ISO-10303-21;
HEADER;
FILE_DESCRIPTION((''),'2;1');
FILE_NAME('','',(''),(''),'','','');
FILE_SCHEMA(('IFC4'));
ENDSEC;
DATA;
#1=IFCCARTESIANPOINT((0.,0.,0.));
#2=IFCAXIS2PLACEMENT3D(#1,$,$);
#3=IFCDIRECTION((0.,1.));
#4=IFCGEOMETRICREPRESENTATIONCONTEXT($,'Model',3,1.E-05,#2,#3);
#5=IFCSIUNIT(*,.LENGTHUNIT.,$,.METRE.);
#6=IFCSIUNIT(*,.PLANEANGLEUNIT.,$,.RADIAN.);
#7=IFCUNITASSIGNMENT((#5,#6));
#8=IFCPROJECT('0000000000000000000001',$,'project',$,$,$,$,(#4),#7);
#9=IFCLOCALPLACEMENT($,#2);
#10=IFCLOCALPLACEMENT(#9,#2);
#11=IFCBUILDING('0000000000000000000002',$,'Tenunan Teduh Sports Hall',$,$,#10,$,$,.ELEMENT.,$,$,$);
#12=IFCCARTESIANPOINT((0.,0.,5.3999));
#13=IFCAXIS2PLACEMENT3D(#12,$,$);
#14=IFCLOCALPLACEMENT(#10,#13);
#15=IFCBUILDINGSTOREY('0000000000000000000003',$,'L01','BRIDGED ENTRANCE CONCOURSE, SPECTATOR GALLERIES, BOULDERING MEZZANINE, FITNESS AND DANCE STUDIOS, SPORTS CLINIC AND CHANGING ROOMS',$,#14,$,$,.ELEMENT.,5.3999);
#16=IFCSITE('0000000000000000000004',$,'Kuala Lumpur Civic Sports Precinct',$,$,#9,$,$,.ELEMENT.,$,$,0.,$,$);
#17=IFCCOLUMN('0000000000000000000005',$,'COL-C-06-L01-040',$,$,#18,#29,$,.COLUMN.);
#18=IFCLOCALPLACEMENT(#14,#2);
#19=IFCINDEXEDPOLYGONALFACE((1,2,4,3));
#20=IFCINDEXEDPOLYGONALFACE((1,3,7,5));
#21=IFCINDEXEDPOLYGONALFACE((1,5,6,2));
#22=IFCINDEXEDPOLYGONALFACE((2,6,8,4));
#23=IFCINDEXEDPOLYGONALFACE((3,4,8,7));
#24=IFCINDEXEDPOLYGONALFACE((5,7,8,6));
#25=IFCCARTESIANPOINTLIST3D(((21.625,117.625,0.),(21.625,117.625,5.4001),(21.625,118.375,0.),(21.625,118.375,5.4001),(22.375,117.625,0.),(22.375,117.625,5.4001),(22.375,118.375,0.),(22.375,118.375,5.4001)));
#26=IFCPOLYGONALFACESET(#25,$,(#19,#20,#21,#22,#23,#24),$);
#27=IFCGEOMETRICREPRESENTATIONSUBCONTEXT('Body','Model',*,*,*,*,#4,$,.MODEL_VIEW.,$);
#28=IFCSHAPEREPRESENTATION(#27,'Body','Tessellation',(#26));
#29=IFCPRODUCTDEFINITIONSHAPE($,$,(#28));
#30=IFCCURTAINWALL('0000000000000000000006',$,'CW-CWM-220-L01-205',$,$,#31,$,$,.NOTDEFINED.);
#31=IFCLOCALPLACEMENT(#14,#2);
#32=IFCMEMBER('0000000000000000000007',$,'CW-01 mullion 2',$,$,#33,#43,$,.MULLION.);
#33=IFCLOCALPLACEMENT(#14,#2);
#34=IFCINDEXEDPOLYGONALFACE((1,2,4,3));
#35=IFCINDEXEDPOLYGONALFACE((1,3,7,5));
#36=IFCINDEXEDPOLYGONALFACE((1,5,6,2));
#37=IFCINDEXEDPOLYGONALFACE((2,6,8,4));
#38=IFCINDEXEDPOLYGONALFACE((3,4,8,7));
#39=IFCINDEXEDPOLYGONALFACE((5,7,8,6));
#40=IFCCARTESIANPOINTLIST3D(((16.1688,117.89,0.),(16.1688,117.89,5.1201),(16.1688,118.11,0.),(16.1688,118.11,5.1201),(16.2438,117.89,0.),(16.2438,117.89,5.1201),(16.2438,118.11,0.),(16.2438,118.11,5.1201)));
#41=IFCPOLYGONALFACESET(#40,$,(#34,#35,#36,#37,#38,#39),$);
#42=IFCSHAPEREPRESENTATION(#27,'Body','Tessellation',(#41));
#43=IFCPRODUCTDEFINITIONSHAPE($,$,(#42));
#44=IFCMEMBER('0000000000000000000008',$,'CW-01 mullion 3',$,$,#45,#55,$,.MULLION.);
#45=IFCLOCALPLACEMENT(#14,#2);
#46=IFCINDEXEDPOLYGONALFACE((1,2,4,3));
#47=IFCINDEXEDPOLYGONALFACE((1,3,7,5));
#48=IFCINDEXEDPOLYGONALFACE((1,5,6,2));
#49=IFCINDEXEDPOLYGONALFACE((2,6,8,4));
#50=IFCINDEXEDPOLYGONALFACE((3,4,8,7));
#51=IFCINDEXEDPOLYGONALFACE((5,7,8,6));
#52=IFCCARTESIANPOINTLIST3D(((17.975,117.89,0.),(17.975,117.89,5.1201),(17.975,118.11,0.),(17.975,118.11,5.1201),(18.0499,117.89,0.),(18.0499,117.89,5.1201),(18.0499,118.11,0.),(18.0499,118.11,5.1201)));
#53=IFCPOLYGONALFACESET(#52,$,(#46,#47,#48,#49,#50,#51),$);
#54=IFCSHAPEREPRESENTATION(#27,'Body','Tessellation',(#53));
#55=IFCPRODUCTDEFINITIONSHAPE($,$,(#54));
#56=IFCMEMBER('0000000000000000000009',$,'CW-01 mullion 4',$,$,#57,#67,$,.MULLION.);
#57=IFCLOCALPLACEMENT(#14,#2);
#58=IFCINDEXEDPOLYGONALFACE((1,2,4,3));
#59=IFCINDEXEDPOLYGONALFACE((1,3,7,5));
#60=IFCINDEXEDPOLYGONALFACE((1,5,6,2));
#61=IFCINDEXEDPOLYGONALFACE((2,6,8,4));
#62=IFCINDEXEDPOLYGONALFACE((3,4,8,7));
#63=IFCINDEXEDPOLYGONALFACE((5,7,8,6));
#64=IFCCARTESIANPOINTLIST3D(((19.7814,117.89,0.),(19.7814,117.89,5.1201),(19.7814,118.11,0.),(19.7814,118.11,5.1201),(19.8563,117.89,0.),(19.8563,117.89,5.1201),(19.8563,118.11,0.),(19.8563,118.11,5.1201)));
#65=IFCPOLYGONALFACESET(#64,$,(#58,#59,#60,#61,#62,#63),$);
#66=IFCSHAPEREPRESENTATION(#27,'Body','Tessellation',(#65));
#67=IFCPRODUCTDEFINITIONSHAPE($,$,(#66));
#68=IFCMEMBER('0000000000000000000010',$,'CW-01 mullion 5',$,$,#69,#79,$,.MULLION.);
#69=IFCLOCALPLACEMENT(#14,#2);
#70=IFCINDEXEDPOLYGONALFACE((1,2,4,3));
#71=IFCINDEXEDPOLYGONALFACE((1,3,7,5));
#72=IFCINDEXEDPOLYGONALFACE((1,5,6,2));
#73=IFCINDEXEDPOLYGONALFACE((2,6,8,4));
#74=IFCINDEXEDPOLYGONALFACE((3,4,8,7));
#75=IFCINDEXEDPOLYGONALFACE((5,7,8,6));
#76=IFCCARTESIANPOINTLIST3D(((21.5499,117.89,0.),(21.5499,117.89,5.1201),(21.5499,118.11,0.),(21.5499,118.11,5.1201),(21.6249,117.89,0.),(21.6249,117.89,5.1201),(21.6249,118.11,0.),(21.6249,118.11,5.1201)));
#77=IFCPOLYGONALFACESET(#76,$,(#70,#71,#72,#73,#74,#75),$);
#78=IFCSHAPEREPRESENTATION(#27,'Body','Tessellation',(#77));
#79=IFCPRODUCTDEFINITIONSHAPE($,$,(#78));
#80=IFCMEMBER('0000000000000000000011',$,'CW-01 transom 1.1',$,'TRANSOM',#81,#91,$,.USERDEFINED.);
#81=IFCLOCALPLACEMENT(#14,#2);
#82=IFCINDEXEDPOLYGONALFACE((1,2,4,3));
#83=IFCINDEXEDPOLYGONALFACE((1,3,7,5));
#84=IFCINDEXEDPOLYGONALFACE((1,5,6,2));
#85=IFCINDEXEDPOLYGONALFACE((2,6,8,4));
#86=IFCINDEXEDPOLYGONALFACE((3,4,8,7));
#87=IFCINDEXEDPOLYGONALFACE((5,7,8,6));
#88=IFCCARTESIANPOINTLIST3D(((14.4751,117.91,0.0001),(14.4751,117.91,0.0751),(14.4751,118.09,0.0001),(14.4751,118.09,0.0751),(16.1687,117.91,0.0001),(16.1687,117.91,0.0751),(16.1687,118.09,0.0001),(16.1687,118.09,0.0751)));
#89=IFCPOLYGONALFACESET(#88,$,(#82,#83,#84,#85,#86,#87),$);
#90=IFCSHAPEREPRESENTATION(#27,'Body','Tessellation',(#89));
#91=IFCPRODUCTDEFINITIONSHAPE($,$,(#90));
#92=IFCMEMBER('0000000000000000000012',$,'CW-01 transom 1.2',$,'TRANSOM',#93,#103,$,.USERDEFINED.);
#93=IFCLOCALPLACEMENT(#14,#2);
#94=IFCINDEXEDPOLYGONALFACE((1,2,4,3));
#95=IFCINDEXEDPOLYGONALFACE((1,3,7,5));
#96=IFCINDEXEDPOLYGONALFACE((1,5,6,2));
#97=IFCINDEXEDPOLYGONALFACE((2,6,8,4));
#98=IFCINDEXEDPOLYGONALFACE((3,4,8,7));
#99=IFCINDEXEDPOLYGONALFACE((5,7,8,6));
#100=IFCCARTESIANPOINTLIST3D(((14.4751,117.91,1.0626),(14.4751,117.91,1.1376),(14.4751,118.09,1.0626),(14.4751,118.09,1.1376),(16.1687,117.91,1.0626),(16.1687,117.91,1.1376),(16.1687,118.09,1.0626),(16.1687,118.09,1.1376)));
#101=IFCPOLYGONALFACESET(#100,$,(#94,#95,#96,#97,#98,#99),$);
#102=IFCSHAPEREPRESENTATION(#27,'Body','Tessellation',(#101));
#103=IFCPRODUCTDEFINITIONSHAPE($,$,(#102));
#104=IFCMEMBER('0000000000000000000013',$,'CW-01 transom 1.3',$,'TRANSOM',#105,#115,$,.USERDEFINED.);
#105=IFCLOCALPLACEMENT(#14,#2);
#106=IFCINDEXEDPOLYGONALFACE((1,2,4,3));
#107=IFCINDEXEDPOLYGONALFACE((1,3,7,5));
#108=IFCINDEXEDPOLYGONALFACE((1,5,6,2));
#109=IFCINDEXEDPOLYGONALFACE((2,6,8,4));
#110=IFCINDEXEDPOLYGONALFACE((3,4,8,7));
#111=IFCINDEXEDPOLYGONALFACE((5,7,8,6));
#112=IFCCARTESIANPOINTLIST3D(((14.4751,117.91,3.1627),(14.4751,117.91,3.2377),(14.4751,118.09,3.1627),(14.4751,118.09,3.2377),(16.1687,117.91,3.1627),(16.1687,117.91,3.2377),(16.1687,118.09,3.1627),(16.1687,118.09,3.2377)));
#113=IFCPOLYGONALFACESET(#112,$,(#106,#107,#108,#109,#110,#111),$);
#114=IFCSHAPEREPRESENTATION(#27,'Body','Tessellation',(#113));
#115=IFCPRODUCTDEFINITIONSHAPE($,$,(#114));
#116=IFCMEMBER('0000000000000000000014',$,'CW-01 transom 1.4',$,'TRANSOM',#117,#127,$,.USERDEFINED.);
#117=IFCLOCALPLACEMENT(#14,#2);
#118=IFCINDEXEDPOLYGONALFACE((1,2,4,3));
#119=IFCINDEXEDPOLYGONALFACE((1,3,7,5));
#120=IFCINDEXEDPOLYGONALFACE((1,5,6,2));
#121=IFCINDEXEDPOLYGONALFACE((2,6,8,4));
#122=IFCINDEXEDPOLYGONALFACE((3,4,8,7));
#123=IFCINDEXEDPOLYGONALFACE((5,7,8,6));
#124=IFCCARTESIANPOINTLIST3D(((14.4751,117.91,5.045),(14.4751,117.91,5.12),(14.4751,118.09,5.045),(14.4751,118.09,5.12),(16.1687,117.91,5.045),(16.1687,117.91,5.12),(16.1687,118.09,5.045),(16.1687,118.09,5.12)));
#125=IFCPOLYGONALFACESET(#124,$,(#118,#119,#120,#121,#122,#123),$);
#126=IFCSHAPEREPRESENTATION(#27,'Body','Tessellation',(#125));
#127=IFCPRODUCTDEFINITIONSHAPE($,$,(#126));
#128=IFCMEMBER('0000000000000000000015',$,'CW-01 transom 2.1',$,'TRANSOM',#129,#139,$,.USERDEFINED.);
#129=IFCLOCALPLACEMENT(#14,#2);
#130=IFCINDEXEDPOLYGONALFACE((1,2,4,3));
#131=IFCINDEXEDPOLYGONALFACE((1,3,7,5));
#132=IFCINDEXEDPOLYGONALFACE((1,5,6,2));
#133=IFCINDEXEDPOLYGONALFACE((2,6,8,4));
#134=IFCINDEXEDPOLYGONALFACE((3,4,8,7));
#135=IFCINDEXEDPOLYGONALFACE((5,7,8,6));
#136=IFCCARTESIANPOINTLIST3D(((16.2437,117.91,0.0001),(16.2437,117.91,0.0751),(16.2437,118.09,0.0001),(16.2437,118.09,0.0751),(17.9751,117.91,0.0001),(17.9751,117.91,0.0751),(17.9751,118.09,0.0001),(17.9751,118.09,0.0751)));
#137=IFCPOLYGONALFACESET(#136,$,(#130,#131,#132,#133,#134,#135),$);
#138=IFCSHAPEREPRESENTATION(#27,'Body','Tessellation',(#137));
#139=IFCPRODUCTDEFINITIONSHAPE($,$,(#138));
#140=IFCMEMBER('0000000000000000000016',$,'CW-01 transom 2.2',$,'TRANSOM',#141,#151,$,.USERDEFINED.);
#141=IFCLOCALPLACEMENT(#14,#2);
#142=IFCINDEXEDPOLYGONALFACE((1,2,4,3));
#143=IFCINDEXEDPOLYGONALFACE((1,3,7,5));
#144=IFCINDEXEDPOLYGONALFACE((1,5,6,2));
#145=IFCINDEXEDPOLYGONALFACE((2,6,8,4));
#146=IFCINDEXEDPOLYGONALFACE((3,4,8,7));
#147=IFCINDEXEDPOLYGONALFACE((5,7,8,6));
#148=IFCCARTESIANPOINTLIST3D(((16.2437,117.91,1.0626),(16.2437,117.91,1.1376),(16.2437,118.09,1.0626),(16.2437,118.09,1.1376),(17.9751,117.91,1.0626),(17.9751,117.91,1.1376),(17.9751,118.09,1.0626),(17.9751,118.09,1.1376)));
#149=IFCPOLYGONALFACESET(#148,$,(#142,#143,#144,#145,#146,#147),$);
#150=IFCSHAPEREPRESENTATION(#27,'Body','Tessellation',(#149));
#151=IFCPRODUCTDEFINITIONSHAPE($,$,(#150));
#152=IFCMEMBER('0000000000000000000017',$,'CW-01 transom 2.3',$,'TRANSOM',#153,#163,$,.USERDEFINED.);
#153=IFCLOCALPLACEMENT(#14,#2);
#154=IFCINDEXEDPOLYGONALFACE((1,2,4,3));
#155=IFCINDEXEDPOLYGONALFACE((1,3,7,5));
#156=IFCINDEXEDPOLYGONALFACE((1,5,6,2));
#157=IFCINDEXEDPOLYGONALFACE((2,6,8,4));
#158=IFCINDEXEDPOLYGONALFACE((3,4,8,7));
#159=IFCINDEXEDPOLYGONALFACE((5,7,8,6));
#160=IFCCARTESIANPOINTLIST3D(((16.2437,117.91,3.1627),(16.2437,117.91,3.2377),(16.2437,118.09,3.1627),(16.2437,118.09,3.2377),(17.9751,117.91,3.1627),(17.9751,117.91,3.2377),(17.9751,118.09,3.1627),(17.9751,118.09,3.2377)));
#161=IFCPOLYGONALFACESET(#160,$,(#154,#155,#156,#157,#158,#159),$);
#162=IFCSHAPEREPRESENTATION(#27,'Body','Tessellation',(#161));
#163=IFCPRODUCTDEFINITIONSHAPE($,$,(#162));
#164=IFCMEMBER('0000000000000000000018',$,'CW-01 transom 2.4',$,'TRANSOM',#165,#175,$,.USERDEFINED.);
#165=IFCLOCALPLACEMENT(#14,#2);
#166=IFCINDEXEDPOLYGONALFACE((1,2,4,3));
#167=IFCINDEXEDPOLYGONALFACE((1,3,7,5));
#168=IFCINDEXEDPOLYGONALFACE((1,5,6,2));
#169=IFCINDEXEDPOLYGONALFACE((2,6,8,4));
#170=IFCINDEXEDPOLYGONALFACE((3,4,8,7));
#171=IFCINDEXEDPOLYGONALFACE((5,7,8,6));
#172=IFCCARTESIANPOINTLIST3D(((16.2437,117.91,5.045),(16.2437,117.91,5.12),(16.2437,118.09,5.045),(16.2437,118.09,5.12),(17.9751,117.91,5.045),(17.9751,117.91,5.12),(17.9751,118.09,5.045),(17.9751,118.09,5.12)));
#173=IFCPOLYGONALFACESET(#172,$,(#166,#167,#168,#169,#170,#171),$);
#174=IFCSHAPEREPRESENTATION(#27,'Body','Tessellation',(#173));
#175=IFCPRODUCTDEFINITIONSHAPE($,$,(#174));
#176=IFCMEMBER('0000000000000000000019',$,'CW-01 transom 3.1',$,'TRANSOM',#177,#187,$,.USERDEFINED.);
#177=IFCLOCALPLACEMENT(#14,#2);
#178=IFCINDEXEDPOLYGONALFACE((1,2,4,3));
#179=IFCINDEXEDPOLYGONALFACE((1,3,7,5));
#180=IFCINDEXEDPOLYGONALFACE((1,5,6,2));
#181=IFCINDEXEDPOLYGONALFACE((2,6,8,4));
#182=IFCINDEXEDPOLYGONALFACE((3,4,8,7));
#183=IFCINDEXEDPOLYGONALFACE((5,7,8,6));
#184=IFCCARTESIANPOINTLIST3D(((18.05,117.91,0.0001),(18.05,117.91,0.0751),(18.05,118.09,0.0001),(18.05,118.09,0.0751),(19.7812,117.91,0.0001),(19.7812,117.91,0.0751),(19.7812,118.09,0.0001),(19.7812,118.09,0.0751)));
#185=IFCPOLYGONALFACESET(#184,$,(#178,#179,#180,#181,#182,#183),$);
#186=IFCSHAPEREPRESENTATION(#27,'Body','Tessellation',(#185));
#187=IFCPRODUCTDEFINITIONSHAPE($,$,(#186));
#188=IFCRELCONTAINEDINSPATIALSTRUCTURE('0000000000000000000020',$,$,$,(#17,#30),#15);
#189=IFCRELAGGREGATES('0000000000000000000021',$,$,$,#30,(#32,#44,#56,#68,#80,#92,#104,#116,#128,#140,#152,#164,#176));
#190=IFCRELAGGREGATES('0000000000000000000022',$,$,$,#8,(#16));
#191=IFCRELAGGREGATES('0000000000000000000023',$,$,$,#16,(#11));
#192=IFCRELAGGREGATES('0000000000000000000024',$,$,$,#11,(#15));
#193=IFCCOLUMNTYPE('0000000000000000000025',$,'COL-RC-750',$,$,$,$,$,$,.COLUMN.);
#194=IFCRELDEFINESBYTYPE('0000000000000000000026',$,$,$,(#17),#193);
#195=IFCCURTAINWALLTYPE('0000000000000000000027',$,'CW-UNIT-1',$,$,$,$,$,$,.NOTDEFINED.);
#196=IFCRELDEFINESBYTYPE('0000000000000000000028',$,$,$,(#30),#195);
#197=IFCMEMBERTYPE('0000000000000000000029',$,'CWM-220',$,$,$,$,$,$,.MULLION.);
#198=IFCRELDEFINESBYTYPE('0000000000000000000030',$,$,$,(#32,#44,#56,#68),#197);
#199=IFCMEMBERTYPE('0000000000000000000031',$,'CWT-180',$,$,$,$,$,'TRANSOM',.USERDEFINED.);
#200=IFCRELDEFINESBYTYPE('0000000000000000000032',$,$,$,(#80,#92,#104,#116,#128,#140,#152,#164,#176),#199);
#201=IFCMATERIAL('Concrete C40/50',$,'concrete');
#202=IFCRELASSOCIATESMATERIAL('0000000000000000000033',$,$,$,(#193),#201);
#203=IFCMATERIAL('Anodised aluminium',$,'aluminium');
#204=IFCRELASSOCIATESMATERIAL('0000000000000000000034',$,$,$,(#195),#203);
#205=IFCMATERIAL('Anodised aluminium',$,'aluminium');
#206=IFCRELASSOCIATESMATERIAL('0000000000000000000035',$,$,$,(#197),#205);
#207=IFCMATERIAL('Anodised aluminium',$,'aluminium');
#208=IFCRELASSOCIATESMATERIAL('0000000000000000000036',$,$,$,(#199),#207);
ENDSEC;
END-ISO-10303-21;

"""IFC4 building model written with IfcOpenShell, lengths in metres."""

from ifc_helpers import new_model, si_unit, direction, frame, origin, origin_2d, place, context, subcontext, project, spatial, rectangle, extrude, material, material_profile, profile_set, type_object, element, aggregate, save


model = new_model("IFC4")

# Units and contexts
model_context = context("Model", 3, precision=1e-05, world=origin(), true_north=direction((0.0, 1.0)))
body_context = subcontext(model_context, "Body", "Model", "MODEL_VIEW")
ifc_project = project(units=[si_unit("LENGTHUNIT", "METRE"), si_unit("PLANEANGLEUNIT", "RADIAN")], contexts=[model_context])

# Site, building, storey
site_placement = place(None, origin())
site = spatial("IfcSite", under=ifc_project, at=site_placement, Name="Kuala Lumpur Civic Sports Precinct", CompositionType="ELEMENT", RefElevation=0.0)
building_placement = place(site_placement, origin())
building = spatial("IfcBuilding", under=site, at=building_placement, Name="Tenunan Teduh Sports Hall", CompositionType="ELEMENT")
storey_placement = place(building_placement, frame((0.0, 0.0, 5.3999)))
storey = spatial("IfcBuildingStorey", under=building, at=storey_placement, Name="L01", Description="BRIDGED ENTRANCE CONCOURSE, SPECTATOR GALLERIES, BOULDERING MEZZANINE, FITNESS AND DANCE STUDIOS, SPORTS CLINIC AND CHANGING ROOMS", CompositionType="ELEMENT", Elevation=5.3999)

# Column
ifc_material_1 = material(Name="Concrete C40/50", Category="concrete")
ifc_material_profile_1 = material_profile(ifc_material_1, rectangle(XDim=0.75, YDim=0.75, at=origin_2d()), Name="RC 750x750")
ifc_profile_set_1 = profile_set([ifc_material_profile_1], Name="Concrete C40/50")
column_type = type_object("IfcColumnType", Name="COL-RC-750", PredefinedType="COLUMN", material=ifc_profile_set_1)
column_placement = place(storey_placement, frame((22.0, 118.0, 0.0), z_axis=(0.0, 0.0, 1.0), x_axis=(1.0, 0.0, 0.0)))
element("IfcColumn", 1, at=column_placement, inside=storey, type_object=column_type, Name="COL-C-06-L01-040", PredefinedType="COLUMN", context=body_context, shape_type="SweptSolid", body=[
    extrude(rectangle(XDim=0.75, YDim=0.75, at=origin_2d()), origin(), (0.0, 0.0, 1.0), 5.4001),
])

# Curtain wall, members
ifc_material_2 = material(Name="Anodised aluminium", Category="aluminium")
curtain_wall_type = type_object("IfcCurtainWallType", Name="CW-UNIT-1", PredefinedType="NOTDEFINED", material=ifc_material_2)
curtain_wall_placement = place(storey_placement, origin())
curtain_wall = element("IfcCurtainWall", 2, at=curtain_wall_placement, inside=storey, type_object=curtain_wall_type, Name="CW-CWM-220-L01-205", PredefinedType="NOTDEFINED")
ifc_material_3 = material(Name="Anodised aluminium", Category="aluminium")
ifc_material_profile_2 = material_profile(ifc_material_3, rectangle(XDim=0.075, YDim=0.22, at=origin_2d()), Name="CWM 75x220")
ifc_profile_set_2 = profile_set([ifc_material_profile_2], Name="Anodised aluminium")
member_type_1 = type_object("IfcMemberType", Name="CWM-220", PredefinedType="MULLION", material=ifc_profile_set_2)
member_1_placement = place(storey_placement, frame((16.2063, 118.0, 0.0), z_axis=(0.0, 0.0, 1.0), x_axis=(1.0, 0.0, 0.0)))
member_1 = element("IfcMember", 3, at=member_1_placement, type_object=member_type_1, Name="CW-01 mullion 2", PredefinedType="MULLION", context=body_context, shape_type="SweptSolid", body=[
    extrude(rectangle(XDim=0.075, YDim=0.22, at=origin_2d()), origin(), (0.0, 0.0, 1.0), 5.1201),
])
member_2_placement = place(storey_placement, frame((18.0125, 118.0, 0.0), z_axis=(0.0, 0.0, 1.0), x_axis=(1.0, 0.0, 0.0)))
member_2 = element("IfcMember", 4, at=member_2_placement, type_object=member_type_1, Name="CW-01 mullion 3", PredefinedType="MULLION", context=body_context, shape_type="SweptSolid", body=[
    extrude(rectangle(XDim=0.075, YDim=0.22, at=origin_2d()), origin(), (0.0, 0.0, 1.0), 5.1201),
])
member_3_placement = place(storey_placement, frame((19.8188, 118.0, 0.0), z_axis=(0.0, 0.0, 1.0), x_axis=(1.0, 0.0, 0.0)))
member_3 = element("IfcMember", 5, at=member_3_placement, type_object=member_type_1, Name="CW-01 mullion 4", PredefinedType="MULLION", context=body_context, shape_type="SweptSolid", body=[
    extrude(rectangle(XDim=0.075, YDim=0.22, at=origin_2d()), origin(), (0.0, 0.0, 1.0), 5.1201),
])
member_4_placement = place(storey_placement, frame((21.5874, 118.0, 0.0), z_axis=(0.0, 0.0, 1.0), x_axis=(1.0, 0.0, 0.0)))
member_4 = element("IfcMember", 6, at=member_4_placement, type_object=member_type_1, Name="CW-01 mullion 5", PredefinedType="MULLION", context=body_context, shape_type="SweptSolid", body=[
    extrude(rectangle(XDim=0.075, YDim=0.22, at=origin_2d()), origin(), (0.0, 0.0, 1.0), 5.1201),
])
ifc_material_4 = material(Name="Anodised aluminium", Category="aluminium")
ifc_material_profile_3 = material_profile(ifc_material_4, rectangle(XDim=0.075, YDim=0.1799, at=origin_2d()), Name="CWT 75x180")
ifc_profile_set_3 = profile_set([ifc_material_profile_3], Name="Anodised aluminium")
member_type_2 = type_object("IfcMemberType", Name="CWT-180", ElementType="TRANSOM", PredefinedType="USERDEFINED", material=ifc_profile_set_3)
member_5_placement = place(storey_placement, frame((14.4751, 118.0, 0.0376), z_axis=(1.0, 0.0, 0.0), x_axis=(0.0, 0.0, 1.0)))
member_5 = element("IfcMember", 7, at=member_5_placement, type_object=member_type_2, Name="CW-01 transom 1.1", ObjectType="TRANSOM", PredefinedType="USERDEFINED", context=body_context, shape_type="SweptSolid", body=[
    extrude(rectangle(XDim=0.075, YDim=0.1799, at=origin_2d()), origin(), (0.0, 0.0, 1.0), 1.6936),
])
member_6_placement = place(storey_placement, frame((14.4751, 118.0, 1.1001), z_axis=(1.0, 0.0, 0.0), x_axis=(0.0, 0.0, 1.0)))
member_6 = element("IfcMember", 8, at=member_6_placement, type_object=member_type_2, Name="CW-01 transom 1.2", ObjectType="TRANSOM", PredefinedType="USERDEFINED", context=body_context, shape_type="SweptSolid", body=[
    extrude(rectangle(XDim=0.075, YDim=0.1799, at=origin_2d()), origin(), (0.0, 0.0, 1.0), 1.6936),
])
member_7_placement = place(storey_placement, frame((14.4751, 118.0, 3.2002), z_axis=(1.0, 0.0, 0.0), x_axis=(0.0, 0.0, 1.0)))
member_7 = element("IfcMember", 9, at=member_7_placement, type_object=member_type_2, Name="CW-01 transom 1.3", ObjectType="TRANSOM", PredefinedType="USERDEFINED", context=body_context, shape_type="SweptSolid", body=[
    extrude(rectangle(XDim=0.075, YDim=0.1799, at=origin_2d()), origin(), (0.0, 0.0, 1.0), 1.6936),
])
member_8_placement = place(storey_placement, frame((14.4751, 118.0, 5.0825), z_axis=(1.0, 0.0, 0.0), x_axis=(0.0, 0.0, 1.0)))
member_8 = element("IfcMember", 10, at=member_8_placement, type_object=member_type_2, Name="CW-01 transom 1.4", ObjectType="TRANSOM", PredefinedType="USERDEFINED", context=body_context, shape_type="SweptSolid", body=[
    extrude(rectangle(XDim=0.075, YDim=0.1799, at=origin_2d()), origin(), (0.0, 0.0, 1.0), 1.6936),
])
member_9_placement = place(storey_placement, frame((16.2437, 118.0, 0.0376), z_axis=(1.0, 0.0, 0.0), x_axis=(0.0, 0.0, 1.0)))
member_9 = element("IfcMember", 11, at=member_9_placement, type_object=member_type_2, Name="CW-01 transom 2.1", ObjectType="TRANSOM", PredefinedType="USERDEFINED", context=body_context, shape_type="SweptSolid", body=[
    extrude(rectangle(XDim=0.075, YDim=0.1799, at=origin_2d()), origin(), (0.0, 0.0, 1.0), 1.7314),
])
member_10_placement = place(storey_placement, frame((16.2437, 118.0, 1.1001), z_axis=(1.0, 0.0, 0.0), x_axis=(0.0, 0.0, 1.0)))
member_10 = element("IfcMember", 12, at=member_10_placement, type_object=member_type_2, Name="CW-01 transom 2.2", ObjectType="TRANSOM", PredefinedType="USERDEFINED", context=body_context, shape_type="SweptSolid", body=[
    extrude(rectangle(XDim=0.075, YDim=0.1799, at=origin_2d()), origin(), (0.0, 0.0, 1.0), 1.7314),
])
member_11_placement = place(storey_placement, frame((16.2437, 118.0, 3.2002), z_axis=(1.0, 0.0, 0.0), x_axis=(0.0, 0.0, 1.0)))
member_11 = element("IfcMember", 13, at=member_11_placement, type_object=member_type_2, Name="CW-01 transom 2.3", ObjectType="TRANSOM", PredefinedType="USERDEFINED", context=body_context, shape_type="SweptSolid", body=[
    extrude(rectangle(XDim=0.075, YDim=0.1799, at=origin_2d()), origin(), (0.0, 0.0, 1.0), 1.7314),
])
member_12_placement = place(storey_placement, frame((16.2437, 118.0, 5.0825), z_axis=(1.0, 0.0, 0.0), x_axis=(0.0, 0.0, 1.0)))
member_12 = element("IfcMember", 14, at=member_12_placement, type_object=member_type_2, Name="CW-01 transom 2.4", ObjectType="TRANSOM", PredefinedType="USERDEFINED", context=body_context, shape_type="SweptSolid", body=[
    extrude(rectangle(XDim=0.075, YDim=0.1799, at=origin_2d()), origin(), (0.0, 0.0, 1.0), 1.7314),
])
member_13_placement = place(storey_placement, frame((18.05, 118.0, 0.0376), z_axis=(1.0, 0.0, 0.0), x_axis=(0.0, 0.0, 1.0)))
member_13 = element("IfcMember", 15, at=member_13_placement, type_object=member_type_2, Name="CW-01 transom 3.1", ObjectType="TRANSOM", PredefinedType="USERDEFINED", context=body_context, shape_type="SweptSolid", body=[
    extrude(rectangle(XDim=0.075, YDim=0.1799, at=origin_2d()), origin(), (0.0, 0.0, 1.0), 1.7312),
])

aggregate(curtain_wall, [member_1, member_2, member_3, member_4, member_5, member_6, member_7, member_8, member_9, member_10, member_11, member_12, member_13])

save(model, "model.ifc")
